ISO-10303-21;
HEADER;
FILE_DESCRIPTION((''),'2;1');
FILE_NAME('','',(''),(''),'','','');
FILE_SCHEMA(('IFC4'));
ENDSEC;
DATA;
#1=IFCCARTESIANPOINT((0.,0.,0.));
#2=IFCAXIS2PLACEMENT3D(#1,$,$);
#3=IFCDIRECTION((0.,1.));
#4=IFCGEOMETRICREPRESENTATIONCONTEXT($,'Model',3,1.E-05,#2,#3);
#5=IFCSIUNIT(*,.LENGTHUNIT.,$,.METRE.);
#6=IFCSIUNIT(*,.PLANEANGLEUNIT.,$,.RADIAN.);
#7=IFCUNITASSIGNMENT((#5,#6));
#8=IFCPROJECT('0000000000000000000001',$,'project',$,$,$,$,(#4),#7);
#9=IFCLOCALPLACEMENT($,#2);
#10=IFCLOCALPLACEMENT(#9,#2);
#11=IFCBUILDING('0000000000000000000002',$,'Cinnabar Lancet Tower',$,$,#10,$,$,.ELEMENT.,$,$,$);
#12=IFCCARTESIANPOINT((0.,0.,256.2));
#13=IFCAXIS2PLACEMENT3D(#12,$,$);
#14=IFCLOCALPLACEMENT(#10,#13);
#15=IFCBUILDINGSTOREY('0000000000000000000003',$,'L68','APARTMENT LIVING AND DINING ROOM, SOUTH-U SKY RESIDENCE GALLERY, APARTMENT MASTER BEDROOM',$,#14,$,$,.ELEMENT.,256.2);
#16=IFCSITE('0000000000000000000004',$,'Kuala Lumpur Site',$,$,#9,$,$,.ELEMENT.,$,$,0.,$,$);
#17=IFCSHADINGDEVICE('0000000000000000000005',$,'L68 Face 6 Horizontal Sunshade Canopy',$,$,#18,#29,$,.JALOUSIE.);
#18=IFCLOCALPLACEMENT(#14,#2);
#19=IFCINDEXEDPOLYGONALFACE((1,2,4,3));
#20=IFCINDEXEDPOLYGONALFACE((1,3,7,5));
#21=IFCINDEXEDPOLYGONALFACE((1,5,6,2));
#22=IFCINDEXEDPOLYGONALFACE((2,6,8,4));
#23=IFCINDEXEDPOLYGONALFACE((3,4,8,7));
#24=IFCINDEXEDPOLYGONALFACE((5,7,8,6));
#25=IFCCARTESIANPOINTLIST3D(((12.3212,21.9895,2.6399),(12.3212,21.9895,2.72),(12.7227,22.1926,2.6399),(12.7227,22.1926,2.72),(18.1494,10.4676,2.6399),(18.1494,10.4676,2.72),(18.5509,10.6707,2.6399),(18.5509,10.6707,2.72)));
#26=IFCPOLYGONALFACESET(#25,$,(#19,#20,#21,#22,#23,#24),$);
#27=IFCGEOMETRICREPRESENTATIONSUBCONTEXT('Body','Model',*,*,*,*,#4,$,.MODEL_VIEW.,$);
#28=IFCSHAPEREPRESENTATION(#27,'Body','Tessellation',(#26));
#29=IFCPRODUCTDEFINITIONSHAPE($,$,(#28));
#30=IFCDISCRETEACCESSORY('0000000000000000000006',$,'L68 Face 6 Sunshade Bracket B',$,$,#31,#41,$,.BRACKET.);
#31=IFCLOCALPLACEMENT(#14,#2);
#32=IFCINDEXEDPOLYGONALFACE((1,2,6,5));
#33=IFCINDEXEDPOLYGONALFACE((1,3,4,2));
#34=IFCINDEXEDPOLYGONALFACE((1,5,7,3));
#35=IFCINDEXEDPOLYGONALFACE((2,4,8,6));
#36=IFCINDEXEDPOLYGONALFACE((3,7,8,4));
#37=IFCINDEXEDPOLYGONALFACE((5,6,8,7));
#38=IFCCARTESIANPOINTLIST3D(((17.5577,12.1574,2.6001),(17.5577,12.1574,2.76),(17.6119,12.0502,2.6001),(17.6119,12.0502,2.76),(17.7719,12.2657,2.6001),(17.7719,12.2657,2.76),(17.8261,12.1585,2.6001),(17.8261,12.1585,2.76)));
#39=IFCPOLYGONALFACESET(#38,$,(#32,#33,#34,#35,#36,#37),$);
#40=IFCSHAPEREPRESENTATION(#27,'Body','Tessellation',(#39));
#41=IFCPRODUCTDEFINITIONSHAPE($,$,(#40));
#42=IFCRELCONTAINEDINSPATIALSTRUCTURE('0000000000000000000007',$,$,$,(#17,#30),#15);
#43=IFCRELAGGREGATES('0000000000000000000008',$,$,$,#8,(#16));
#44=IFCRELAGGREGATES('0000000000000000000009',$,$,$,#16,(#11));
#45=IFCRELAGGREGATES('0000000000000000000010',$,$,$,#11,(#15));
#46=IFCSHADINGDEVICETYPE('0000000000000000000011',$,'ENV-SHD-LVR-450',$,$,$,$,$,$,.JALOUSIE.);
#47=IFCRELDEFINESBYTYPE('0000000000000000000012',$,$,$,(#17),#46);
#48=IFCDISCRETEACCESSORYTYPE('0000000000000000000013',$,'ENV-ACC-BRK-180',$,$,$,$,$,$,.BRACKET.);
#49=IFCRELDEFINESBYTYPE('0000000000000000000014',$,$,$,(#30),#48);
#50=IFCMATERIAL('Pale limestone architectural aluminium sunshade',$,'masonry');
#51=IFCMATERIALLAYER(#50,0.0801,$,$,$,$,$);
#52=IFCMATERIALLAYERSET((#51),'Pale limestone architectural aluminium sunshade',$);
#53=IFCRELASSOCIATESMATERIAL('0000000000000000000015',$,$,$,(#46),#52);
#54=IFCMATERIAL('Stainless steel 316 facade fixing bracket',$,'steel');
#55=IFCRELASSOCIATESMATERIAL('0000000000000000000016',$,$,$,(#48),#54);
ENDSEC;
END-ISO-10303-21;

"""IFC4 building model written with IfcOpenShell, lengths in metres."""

from ifc_helpers import new_model, si_unit, direction, frame, origin, origin_2d, place, context, subcontext, project, spatial, rectangle, extrude, material, layer, layer_set, type_object, element, save


model = new_model("IFC4")

# Units and contexts
model_context = context("Model", 3, precision=1e-05, world=origin(), true_north=direction((0.0, 1.0)))
body_context = subcontext(model_context, "Body", "Model", "MODEL_VIEW")
ifc_project = project(units=[si_unit("LENGTHUNIT", "METRE"), si_unit("PLANEANGLEUNIT", "RADIAN")], contexts=[model_context])

# Site, building, storey
site_placement = place(None, origin())
site = spatial("IfcSite", under=ifc_project, at=site_placement, Name="Kuala Lumpur Site", CompositionType="ELEMENT", RefElevation=0.0)
building_placement = place(site_placement, origin())
building = spatial("IfcBuilding", under=site, at=building_placement, Name="Cinnabar Lancet Tower", CompositionType="ELEMENT")
storey_placement = place(building_placement, frame((0.0, 0.0, 256.2)))
storey = spatial("IfcBuildingStorey", under=building, at=storey_placement, Name="L68", Description="APARTMENT LIVING AND DINING ROOM, SOUTH-U SKY RESIDENCE GALLERY, APARTMENT MASTER BEDROOM", CompositionType="ELEMENT", Elevation=256.2)

# Shading device
ifc_material_1 = material(Name="Pale limestone architectural aluminium sunshade", Category="masonry")
ifc_layer_1 = layer(ifc_material_1, 0.0801)
ifc_layer_set_1 = layer_set([ifc_layer_1], Name="Pale limestone architectural aluminium sunshade")
shading_device_type = type_object("IfcShadingDeviceType", Name="ENV-SHD-LVR-450", PredefinedType="JALOUSIE", material=ifc_layer_set_1)
shading_device_placement = place(storey_placement, frame((15.436, 16.3301, 2.6399), z_axis=(0.0, 0.0, 1.0), x_axis=(0.451376, -0.892334, 0.0)))
element("IfcShadingDevice", 1, at=shading_device_placement, inside=storey, type_object=shading_device_type, Name="L68 Face 6 Horizontal Sunshade Canopy", PredefinedType="JALOUSIE", context=body_context, shape_type="SweptSolid", body=[
    extrude(rectangle(XDim=12.9121, YDim=0.45, at=origin_2d()), origin(), (0.0, 0.0, 1.0), 0.0801),
])

# Discrete accessory
ifc_material_2 = material(Name="Stainless steel 316 facade fixing bracket", Category="steel")
discrete_accessory_type = type_object("IfcDiscreteAccessoryType", Name="ENV-ACC-BRK-180", PredefinedType="BRACKET", material=ifc_material_2)
discrete_accessory_placement = place(storey_placement, frame((17.6919, 12.158, 2.6001), z_axis=(0.0, 0.0, 1.0), x_axis=(0.451376, -0.892334, 0.0)))
element("IfcDiscreteAccessory", 2, at=discrete_accessory_placement, inside=storey, type_object=discrete_accessory_type, Name="L68 Face 6 Sunshade Bracket B", PredefinedType="BRACKET", context=body_context, shape_type="SweptSolid", body=[
    extrude(rectangle(XDim=0.1201, YDim=0.24, at=origin_2d()), origin(), (0.0, 0.0, 1.0), 0.1599),
])

save(model, "model.ifc")
